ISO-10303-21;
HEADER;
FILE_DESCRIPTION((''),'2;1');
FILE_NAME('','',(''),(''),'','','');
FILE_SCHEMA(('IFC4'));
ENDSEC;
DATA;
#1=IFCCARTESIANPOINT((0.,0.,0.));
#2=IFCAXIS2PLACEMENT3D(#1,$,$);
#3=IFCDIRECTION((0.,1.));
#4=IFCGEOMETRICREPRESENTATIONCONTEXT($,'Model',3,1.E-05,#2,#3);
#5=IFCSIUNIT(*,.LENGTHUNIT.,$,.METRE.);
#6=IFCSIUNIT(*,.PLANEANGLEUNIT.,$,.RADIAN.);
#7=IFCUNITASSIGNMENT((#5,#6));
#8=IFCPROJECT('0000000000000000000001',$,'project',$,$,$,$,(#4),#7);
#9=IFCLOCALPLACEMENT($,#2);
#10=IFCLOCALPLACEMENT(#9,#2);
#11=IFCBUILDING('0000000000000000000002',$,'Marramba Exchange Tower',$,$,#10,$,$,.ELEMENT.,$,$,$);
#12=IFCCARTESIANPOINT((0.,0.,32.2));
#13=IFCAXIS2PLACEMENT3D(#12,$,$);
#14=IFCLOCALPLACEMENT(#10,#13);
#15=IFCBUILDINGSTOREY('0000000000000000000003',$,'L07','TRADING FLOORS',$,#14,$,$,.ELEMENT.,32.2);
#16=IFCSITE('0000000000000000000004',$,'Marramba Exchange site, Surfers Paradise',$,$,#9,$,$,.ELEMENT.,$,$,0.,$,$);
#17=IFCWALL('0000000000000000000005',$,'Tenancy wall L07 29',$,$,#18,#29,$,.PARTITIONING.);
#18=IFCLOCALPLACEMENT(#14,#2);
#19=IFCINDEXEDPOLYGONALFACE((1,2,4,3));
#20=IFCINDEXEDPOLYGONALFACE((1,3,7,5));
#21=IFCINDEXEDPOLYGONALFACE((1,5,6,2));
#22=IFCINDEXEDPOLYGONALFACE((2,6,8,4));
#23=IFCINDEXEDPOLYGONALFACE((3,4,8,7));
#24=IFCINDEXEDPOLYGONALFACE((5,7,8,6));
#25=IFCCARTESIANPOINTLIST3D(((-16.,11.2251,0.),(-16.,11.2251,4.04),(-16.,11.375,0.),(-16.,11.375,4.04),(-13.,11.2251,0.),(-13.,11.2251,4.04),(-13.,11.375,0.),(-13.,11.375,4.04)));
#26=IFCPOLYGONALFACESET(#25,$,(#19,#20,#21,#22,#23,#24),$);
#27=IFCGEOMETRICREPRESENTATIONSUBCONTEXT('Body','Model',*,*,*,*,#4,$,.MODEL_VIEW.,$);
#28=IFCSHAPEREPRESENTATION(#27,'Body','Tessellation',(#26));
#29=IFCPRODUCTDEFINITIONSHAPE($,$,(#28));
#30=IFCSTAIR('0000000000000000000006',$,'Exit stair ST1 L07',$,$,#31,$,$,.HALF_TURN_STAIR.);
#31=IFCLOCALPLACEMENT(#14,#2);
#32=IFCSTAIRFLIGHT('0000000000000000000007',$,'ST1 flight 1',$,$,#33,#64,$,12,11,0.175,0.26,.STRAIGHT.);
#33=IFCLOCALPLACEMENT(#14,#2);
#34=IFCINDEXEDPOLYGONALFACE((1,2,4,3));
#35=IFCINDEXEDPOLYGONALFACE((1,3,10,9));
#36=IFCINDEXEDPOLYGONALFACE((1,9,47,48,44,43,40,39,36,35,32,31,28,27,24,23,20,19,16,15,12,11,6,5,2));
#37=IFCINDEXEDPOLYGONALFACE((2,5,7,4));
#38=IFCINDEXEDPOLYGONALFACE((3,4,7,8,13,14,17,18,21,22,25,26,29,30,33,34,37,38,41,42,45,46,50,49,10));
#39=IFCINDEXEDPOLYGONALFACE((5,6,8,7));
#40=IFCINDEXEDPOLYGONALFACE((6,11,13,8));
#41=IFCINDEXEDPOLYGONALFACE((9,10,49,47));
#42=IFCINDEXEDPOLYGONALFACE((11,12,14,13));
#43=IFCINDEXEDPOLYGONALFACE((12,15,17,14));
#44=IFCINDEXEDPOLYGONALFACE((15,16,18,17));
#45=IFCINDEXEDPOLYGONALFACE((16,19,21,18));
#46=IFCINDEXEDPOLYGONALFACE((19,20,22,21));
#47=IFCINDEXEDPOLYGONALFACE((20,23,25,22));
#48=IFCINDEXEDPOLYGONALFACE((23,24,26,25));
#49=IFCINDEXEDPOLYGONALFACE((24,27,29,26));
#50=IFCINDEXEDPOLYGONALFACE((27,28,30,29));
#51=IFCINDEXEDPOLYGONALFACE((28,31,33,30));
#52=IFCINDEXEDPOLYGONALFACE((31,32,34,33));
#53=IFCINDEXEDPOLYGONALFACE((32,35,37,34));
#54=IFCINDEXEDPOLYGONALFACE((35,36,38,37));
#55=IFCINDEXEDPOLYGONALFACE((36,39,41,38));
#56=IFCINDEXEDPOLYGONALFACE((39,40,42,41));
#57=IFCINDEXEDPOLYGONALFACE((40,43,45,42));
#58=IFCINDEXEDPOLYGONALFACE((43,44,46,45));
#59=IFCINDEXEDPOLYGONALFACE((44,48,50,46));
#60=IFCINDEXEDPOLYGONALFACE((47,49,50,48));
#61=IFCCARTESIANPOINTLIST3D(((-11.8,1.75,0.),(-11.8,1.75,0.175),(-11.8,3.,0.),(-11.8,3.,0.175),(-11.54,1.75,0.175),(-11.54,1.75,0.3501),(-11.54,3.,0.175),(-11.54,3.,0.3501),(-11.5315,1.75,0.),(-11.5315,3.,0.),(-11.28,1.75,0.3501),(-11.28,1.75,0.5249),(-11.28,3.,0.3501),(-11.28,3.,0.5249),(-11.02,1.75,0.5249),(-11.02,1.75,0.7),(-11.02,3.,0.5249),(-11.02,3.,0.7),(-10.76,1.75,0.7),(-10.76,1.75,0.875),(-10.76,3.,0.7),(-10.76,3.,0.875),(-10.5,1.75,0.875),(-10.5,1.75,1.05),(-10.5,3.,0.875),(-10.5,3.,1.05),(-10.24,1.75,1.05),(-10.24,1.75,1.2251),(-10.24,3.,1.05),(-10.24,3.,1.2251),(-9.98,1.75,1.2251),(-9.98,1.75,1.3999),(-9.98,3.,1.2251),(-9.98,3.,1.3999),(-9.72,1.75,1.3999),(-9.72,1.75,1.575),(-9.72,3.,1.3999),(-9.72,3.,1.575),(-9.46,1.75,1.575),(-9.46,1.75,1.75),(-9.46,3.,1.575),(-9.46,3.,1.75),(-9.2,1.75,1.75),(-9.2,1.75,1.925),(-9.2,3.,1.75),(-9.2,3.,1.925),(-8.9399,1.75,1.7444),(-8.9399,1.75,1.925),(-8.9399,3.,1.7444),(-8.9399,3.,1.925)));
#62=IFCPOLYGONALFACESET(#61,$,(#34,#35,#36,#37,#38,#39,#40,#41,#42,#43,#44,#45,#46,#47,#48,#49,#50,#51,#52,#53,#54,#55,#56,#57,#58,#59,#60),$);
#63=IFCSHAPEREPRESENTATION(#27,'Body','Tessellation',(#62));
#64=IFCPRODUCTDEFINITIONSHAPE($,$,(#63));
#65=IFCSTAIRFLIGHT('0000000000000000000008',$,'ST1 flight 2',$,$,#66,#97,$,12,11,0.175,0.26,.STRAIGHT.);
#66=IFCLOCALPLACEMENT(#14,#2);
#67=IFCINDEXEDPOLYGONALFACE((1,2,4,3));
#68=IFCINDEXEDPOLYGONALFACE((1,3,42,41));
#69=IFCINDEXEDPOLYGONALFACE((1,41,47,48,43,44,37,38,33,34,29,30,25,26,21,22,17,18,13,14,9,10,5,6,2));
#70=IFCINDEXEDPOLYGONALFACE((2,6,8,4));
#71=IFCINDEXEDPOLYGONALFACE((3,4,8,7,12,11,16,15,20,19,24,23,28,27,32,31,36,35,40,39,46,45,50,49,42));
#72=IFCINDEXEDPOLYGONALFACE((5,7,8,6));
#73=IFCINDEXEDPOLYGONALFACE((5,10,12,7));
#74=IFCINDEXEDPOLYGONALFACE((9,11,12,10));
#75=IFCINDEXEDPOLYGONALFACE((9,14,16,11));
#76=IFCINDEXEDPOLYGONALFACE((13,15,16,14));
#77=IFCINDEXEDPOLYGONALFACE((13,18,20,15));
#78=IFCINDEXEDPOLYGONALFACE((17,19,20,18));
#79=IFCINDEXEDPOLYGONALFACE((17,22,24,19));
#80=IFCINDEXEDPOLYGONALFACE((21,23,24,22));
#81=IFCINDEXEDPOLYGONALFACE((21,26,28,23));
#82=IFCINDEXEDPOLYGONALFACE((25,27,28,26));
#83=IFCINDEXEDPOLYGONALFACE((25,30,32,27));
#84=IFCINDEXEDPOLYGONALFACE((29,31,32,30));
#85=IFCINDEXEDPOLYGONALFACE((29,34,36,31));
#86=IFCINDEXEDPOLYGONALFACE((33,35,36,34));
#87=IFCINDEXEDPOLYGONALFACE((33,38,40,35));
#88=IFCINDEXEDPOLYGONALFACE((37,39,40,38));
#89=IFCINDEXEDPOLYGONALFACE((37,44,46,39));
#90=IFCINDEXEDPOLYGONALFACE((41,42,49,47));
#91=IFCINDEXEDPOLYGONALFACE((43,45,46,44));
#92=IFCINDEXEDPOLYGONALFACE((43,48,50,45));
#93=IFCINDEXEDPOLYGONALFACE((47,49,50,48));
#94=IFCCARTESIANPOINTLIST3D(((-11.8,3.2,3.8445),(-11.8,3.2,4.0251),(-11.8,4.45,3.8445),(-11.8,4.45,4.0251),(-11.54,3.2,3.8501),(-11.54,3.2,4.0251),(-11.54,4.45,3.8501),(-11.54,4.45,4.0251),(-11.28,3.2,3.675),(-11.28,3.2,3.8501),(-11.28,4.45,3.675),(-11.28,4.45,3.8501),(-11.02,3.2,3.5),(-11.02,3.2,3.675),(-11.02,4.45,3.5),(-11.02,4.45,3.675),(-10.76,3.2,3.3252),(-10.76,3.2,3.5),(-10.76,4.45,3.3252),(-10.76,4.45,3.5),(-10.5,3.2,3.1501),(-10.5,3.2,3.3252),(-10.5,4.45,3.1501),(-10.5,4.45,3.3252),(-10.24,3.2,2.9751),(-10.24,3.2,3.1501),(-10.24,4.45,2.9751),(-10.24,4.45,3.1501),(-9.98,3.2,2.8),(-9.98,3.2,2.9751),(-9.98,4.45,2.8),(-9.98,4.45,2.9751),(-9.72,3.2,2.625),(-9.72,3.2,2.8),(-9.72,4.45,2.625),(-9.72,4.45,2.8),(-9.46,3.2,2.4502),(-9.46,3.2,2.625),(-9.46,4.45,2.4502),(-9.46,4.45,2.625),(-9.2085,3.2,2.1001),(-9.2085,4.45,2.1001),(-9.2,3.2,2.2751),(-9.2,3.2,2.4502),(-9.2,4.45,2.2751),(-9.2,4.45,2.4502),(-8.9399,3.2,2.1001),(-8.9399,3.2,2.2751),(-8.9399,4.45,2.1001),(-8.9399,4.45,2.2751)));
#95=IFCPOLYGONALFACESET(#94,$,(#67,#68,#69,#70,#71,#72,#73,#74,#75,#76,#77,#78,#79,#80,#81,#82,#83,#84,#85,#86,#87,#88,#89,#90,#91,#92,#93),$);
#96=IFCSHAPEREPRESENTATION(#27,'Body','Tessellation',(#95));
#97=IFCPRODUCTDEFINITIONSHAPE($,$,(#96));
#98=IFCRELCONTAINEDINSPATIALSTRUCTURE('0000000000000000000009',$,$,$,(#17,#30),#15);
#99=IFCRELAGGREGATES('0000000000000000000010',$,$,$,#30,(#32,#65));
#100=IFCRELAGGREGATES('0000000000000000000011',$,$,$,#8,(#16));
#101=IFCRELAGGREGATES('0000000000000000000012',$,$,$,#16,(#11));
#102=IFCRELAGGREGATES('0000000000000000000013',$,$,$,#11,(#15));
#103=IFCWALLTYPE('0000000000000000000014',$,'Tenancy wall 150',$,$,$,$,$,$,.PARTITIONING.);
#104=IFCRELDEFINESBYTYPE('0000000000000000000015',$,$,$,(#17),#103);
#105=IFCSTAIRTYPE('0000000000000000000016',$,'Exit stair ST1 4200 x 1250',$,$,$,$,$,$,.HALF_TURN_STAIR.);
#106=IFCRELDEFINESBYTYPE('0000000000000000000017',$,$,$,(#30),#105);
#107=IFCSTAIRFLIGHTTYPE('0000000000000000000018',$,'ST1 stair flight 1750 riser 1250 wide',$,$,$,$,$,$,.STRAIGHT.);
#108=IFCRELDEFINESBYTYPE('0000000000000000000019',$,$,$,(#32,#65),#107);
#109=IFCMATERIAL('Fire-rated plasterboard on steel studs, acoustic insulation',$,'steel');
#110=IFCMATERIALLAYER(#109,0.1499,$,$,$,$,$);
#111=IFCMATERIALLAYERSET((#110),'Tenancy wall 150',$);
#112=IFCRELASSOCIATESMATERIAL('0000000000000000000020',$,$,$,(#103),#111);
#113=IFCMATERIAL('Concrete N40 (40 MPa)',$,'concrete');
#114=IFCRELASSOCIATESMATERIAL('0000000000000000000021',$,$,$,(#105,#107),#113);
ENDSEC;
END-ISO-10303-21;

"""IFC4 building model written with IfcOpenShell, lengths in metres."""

from ifc_helpers import new_model, si_unit, direction, frame, frame_2d, origin, place, context, subcontext, project, spatial, polyline, rectangle, outline, extrude, material, layer, layer_set, type_object, element, aggregate, save


model = new_model("IFC4")

# Units and contexts
model_context = context("Model", 3, precision=1e-05, world=origin(), true_north=direction((0.0, 1.0)))
body_context = subcontext(model_context, "Body", "Model", "MODEL_VIEW")
ifc_project = project(units=[si_unit("LENGTHUNIT", "METRE"), si_unit("PLANEANGLEUNIT", "RADIAN")], contexts=[model_context])

# Site, building, storey
site_placement = place(None, origin())
site = spatial("IfcSite", under=ifc_project, at=site_placement, Name="Marramba Exchange site, Surfers Paradise", CompositionType="ELEMENT", RefElevation=0.0)
building_placement = place(site_placement, origin())
building = spatial("IfcBuilding", under=site, at=building_placement, Name="Marramba Exchange Tower", CompositionType="ELEMENT")
storey_placement = place(building_placement, frame((0.0, 0.0, 32.2)))
storey = spatial("IfcBuildingStorey", under=building, at=storey_placement, Name="L07", Description="TRADING FLOORS", CompositionType="ELEMENT", Elevation=32.2)

# Wall
ifc_material_1 = material(Name="Fire-rated plasterboard on steel studs, acoustic insulation", Category="steel")
ifc_layer_1 = layer(ifc_material_1, 0.1499)
ifc_layer_set_1 = layer_set([ifc_layer_1], Name="Tenancy wall 150")
wall_type_1 = type_object("IfcWallType", Name="Tenancy wall 150", PredefinedType="PARTITIONING", material=ifc_layer_set_1)
wall_1_placement = place(storey_placement, frame((-13.0, 11.3, 0.0), z_axis=(0.0, 0.0, 1.0), x_axis=(-1.0, 0.0, 0.0)))
element("IfcWall", 1, at=wall_1_placement, inside=storey, type_object=wall_type_1, Name="Tenancy wall L07 29", PredefinedType="PARTITIONING", context=body_context, shape_type="SweptSolid", body=[
    extrude(rectangle(XDim=3.0, YDim=0.1499, at=frame_2d((1.5, 0.0))), origin(), (0.0, 0.0, 1.0), 4.04),
])

# Stair, stair flights
ifc_material_2 = material(Name="Concrete N40 (40 MPa)", Category="concrete")
stair_type = type_object("IfcStairType", Name="Exit stair ST1 4200 x 1250", PredefinedType="HALF_TURN_STAIR", material=ifc_material_2)
stair_placement = place(storey_placement, origin())
stair = element("IfcStair", 2, at=stair_placement, inside=storey, type_object=stair_type, Name="Exit stair ST1 L07", PredefinedType="HALF_TURN_STAIR")
stair_flight_type = type_object("IfcStairFlightType", Name="ST1 stair flight 1750 riser 1250 wide", PredefinedType="STRAIGHT", material=ifc_material_2)
stair_flight_1_placement = place(storey_placement, frame((-11.8, 2.375, 0.0), z_axis=(0.0, 0.0, 1.0), x_axis=(1.0, 0.0, 0.0)))
stair_flight_1 = element("IfcStairFlight", 3, at=stair_flight_1_placement, type_object=stair_flight_type, Name="ST1 flight 1", NumberOfRisers=12, NumberOfTreads=11, PredefinedType="STRAIGHT", RiserHeight=0.175, TreadLength=0.26, context=body_context, shape_type="SweptSolid", body=[
    extrude(outline(polyline([(0.0, 0.0), (0.0, 0.175), (0.26, 0.175), (0.26, 0.3501), (0.52, 0.3501), (0.52, 0.5249), (0.78, 0.5249), (0.78, 0.7), (1.04, 0.7), (1.04, 0.875), (1.3, 0.875), (1.3, 1.05), (1.5601, 1.05), (1.5601, 1.2251), (1.8201, 1.2251), (1.8201, 1.3999), (2.0801, 1.3999), (2.0801, 1.575), (2.3401, 1.575), (2.3401, 1.75), (2.6001, 1.75), (2.6001, 1.925), (2.8601, 1.925), (2.8601, 2.1001), (2.8601, 1.7444), (0.2686, 0.0), (0.0, 0.0)])), frame((0.0, 0.625, 0.0), z_axis=(0.0, -1.0, 0.0), x_axis=(1.0, 0.0, 0.0)), (0.0, 0.0, 1.0), 1.25),
])
stair_flight_2_placement = place(storey_placement, frame((-8.9399, 3.825, 2.1001), z_axis=(0.0, 0.0, 1.0), x_axis=(-1.0, 0.0, 0.0)))
stair_flight_2 = element("IfcStairFlight", 4, at=stair_flight_2_placement, type_object=stair_flight_type, Name="ST1 flight 2", NumberOfRisers=12, NumberOfTreads=11, PredefinedType="STRAIGHT", RiserHeight=0.175, TreadLength=0.26, context=body_context, shape_type="SweptSolid", body=[
    extrude(outline(polyline([(0.0, 0.0), (0.0, 0.175), (0.26, 0.175), (0.26, 0.3501), (0.52, 0.3501), (0.52, 0.5249), (0.78, 0.5249), (0.78, 0.7), (1.04, 0.7), (1.04, 0.875), (1.3, 0.875), (1.3, 1.05), (1.5601, 1.05), (1.5601, 1.2251), (1.8201, 1.2251), (1.8201, 1.3999), (2.0801, 1.3999), (2.0801, 1.575), (2.3401, 1.575), (2.3401, 1.75), (2.6001, 1.75), (2.6001, 1.925), (2.8601, 1.925), (2.8601, 2.1001), (2.8601, 1.7444), (0.2686, 0.0), (0.0, 0.0)])), frame((0.0, 0.625, 0.0), z_axis=(0.0, -1.0, 0.0), x_axis=(1.0, 0.0, 0.0)), (0.0, 0.0, 1.0), 1.25),
])
aggregate(stair, [stair_flight_1, stair_flight_2])

save(model, "model.ifc")
